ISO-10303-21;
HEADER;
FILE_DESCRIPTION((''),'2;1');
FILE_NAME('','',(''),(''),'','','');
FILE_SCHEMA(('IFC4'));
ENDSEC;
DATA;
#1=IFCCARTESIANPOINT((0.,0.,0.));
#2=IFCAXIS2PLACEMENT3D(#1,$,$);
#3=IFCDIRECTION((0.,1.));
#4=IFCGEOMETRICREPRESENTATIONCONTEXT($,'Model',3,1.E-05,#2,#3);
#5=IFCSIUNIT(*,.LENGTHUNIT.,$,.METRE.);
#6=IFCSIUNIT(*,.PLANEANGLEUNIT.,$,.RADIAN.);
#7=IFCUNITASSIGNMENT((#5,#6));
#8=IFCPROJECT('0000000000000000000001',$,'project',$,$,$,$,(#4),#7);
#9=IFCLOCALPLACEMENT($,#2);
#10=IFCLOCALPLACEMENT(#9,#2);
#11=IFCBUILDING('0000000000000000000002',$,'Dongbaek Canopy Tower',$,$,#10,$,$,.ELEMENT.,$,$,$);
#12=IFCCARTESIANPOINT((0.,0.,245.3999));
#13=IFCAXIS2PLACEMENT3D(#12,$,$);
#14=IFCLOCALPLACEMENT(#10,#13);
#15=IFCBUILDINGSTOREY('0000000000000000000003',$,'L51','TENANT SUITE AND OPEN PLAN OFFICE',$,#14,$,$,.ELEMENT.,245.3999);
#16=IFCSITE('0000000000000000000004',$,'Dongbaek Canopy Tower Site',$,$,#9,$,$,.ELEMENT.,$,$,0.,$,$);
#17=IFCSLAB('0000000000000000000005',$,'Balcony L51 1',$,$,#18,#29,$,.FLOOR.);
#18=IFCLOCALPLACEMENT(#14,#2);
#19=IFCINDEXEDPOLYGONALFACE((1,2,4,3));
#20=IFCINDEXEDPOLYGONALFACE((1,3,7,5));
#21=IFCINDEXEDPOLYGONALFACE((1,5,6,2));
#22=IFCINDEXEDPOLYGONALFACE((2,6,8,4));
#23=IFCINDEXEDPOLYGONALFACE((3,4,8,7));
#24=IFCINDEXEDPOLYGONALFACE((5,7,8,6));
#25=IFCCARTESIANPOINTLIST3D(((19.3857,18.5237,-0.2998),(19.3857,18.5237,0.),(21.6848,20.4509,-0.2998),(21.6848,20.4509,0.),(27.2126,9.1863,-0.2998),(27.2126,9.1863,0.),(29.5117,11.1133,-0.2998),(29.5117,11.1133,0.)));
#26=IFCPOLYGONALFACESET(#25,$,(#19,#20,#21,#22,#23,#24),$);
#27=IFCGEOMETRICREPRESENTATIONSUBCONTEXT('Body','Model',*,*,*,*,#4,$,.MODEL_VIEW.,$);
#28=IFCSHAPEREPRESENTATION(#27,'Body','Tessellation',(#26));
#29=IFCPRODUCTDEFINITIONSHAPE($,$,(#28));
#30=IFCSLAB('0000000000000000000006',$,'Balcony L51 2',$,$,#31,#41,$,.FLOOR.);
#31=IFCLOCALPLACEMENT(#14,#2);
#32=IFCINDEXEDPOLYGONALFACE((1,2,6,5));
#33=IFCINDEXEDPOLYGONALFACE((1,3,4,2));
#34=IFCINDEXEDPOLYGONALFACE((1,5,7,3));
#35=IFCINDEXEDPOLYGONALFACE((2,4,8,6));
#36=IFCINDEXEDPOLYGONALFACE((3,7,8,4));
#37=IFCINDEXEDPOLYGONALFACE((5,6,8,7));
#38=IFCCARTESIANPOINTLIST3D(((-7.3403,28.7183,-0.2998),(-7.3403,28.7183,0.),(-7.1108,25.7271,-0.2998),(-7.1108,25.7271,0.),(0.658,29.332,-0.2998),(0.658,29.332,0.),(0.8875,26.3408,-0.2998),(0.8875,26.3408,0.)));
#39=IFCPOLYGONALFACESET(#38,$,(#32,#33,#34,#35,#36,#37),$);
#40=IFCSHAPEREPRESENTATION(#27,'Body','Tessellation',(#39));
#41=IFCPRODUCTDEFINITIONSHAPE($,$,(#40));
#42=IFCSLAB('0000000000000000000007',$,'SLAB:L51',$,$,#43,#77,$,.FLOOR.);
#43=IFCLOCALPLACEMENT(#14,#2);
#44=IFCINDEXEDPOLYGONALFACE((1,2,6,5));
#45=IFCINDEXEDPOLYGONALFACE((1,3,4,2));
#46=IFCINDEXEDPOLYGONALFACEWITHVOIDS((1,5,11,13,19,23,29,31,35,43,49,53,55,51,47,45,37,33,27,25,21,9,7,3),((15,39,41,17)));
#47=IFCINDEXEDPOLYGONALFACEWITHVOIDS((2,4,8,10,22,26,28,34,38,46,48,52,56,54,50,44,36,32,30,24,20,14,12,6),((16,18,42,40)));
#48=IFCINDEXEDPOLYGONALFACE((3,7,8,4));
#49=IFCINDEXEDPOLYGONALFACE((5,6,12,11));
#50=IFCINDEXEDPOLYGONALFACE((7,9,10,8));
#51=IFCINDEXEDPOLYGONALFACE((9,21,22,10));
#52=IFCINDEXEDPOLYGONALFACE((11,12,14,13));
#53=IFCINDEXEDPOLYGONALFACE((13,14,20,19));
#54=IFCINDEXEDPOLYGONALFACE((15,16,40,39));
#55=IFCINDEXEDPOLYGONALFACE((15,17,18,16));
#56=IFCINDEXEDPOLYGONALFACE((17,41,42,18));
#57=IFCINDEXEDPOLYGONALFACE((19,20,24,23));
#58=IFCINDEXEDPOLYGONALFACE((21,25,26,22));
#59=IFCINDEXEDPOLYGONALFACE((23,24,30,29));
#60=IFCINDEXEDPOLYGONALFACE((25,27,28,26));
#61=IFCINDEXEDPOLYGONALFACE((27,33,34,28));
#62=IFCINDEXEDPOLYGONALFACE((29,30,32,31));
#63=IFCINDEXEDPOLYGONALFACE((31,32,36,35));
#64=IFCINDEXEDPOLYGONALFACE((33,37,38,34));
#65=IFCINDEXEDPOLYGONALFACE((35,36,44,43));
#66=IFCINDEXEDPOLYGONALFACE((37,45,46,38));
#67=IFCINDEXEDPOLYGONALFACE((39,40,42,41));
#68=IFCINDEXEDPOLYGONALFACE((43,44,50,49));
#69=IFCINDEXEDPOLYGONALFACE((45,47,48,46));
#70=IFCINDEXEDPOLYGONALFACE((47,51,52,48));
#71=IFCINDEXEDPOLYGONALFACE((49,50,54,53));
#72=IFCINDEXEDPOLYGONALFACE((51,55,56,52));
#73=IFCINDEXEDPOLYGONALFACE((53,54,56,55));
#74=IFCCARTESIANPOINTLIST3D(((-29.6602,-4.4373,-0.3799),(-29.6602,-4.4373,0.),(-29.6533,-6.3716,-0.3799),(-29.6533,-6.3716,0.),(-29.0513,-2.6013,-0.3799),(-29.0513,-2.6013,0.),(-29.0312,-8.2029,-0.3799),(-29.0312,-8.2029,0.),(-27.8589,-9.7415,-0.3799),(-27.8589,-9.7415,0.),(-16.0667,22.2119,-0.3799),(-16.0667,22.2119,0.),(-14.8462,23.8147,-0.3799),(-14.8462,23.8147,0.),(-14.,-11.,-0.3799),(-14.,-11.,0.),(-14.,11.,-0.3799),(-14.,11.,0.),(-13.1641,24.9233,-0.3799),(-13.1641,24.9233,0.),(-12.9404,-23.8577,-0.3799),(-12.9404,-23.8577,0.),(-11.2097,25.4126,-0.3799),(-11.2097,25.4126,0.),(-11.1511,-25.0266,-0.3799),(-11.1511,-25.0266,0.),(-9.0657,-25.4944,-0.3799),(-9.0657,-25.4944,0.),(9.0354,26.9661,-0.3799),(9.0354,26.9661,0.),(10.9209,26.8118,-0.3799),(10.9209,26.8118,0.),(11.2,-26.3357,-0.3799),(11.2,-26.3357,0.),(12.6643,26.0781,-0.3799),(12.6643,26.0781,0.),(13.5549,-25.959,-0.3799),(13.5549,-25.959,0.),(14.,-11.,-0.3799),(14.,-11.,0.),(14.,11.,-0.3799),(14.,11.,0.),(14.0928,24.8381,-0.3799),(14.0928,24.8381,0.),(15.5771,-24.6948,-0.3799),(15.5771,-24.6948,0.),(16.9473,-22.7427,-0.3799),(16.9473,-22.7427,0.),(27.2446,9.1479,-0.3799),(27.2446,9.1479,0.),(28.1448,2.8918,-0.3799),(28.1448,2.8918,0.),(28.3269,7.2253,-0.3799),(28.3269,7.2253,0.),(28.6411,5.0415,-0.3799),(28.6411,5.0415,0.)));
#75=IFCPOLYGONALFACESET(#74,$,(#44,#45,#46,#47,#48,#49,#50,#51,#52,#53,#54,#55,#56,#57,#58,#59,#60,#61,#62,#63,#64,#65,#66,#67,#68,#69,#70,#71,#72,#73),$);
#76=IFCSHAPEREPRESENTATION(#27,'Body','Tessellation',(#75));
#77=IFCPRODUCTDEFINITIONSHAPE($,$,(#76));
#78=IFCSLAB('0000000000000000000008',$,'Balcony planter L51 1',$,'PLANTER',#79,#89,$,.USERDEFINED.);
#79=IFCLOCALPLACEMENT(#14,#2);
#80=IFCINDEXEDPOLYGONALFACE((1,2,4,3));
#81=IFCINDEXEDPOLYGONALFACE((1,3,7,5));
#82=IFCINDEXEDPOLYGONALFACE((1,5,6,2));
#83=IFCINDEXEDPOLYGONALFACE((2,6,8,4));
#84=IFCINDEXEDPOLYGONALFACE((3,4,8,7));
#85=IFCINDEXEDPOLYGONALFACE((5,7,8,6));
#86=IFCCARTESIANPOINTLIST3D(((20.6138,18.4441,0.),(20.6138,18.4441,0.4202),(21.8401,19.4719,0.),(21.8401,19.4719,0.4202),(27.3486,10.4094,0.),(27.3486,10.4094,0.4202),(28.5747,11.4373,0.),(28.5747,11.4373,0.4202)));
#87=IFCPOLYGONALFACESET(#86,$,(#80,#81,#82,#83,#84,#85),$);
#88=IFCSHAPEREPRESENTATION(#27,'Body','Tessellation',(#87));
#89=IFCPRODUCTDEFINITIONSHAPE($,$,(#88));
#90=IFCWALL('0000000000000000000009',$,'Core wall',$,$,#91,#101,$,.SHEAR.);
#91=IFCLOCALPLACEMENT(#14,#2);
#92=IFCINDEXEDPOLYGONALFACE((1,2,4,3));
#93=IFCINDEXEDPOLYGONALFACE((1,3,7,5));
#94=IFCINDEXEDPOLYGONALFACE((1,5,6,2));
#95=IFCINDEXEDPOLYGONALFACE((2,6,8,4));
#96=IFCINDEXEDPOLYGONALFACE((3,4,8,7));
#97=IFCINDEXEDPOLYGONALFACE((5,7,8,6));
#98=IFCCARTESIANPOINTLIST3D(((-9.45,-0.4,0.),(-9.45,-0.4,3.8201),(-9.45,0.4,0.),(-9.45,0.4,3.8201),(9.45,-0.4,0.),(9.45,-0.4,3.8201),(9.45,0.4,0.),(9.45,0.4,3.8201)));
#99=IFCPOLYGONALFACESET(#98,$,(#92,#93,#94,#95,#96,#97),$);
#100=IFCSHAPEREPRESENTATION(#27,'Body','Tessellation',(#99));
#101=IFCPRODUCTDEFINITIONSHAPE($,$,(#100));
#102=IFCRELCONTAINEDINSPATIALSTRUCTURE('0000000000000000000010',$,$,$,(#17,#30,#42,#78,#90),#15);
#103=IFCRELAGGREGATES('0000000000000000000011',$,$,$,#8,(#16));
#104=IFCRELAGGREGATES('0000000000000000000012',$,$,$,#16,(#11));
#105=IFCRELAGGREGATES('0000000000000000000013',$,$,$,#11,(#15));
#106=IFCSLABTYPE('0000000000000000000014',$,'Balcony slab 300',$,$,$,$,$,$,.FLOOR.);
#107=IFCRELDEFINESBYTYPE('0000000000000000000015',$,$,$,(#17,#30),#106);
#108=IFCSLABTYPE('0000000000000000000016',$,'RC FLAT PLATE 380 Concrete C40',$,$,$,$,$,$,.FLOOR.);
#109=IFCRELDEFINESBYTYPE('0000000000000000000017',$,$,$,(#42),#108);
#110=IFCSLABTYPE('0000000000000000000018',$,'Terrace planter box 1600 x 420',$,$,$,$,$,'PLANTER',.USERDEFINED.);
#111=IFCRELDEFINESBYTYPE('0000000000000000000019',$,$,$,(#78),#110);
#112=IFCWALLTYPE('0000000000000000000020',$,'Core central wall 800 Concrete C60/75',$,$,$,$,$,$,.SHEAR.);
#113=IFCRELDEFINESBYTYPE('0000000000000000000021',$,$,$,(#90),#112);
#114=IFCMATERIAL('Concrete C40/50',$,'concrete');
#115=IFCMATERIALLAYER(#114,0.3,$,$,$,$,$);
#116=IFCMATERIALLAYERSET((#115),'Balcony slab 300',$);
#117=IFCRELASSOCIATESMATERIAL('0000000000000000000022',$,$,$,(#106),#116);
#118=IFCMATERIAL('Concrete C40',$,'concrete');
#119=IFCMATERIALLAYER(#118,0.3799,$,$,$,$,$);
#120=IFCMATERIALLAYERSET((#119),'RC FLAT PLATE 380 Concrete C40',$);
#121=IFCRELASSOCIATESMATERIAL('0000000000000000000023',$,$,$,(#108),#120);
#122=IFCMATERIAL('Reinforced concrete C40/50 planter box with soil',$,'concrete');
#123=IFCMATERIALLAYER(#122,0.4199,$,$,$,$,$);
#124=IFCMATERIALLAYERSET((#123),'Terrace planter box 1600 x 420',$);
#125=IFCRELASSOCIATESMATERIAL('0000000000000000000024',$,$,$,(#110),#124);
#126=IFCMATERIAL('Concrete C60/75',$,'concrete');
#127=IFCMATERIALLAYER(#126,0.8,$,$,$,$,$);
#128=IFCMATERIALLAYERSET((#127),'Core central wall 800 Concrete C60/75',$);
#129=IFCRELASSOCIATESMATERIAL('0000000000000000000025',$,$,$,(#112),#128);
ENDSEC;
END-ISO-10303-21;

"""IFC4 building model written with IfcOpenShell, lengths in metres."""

from ifc_helpers import new_model, si_unit, direction, frame, frame_2d, origin, place, context, subcontext, project, spatial, polyline, rectangle, outline, extrude, material, layer, layer_set, type_object, element, save


model = new_model("IFC4")

# Units and contexts
model_context = context("Model", 3, precision=1e-05, world=origin(), true_north=direction((0.0, 1.0)))
body_context = subcontext(model_context, "Body", "Model", "MODEL_VIEW")
ifc_project = project(units=[si_unit("LENGTHUNIT", "METRE"), si_unit("PLANEANGLEUNIT", "RADIAN")], contexts=[model_context])

# Site, building, storey
site_placement = place(None, origin())
site = spatial("IfcSite", under=ifc_project, at=site_placement, Name="Dongbaek Canopy Tower Site", CompositionType="ELEMENT", RefElevation=0.0)
building_placement = place(site_placement, origin())
building = spatial("IfcBuilding", under=site, at=building_placement, Name="Dongbaek Canopy Tower", CompositionType="ELEMENT")
storey_placement = place(building_placement, frame((0.0, 0.0, 245.3999)))
storey = spatial("IfcBuildingStorey", under=building, at=storey_placement, Name="L51", Description="TENANT SUITE AND OPEN PLAN OFFICE", CompositionType="ELEMENT", Elevation=245.3999)

# Slabs
ifc_material_1 = material(Name="Concrete C40/50", Category="concrete")
ifc_layer_1 = layer(ifc_material_1, 0.3)
ifc_layer_set_1 = layer_set([ifc_layer_1], Name="Balcony slab 300")
slab_type_1 = type_object("IfcSlabType", Name="Balcony slab 300", PredefinedType="FLOOR", material=ifc_layer_set_1)
slab_1_placement = place(storey_placement, frame((0.0, 0.0, -0.2998)))
element("IfcSlab", 1, at=slab_1_placement, inside=storey, type_object=slab_type_1, Name="Balcony L51 1", PredefinedType="FLOOR", context=body_context, shape_type="SweptSolid", body=[
    extrude(outline(polyline([(27.2126, 9.1863), (19.3857, 18.5237), (21.6848, 20.4509), (29.5117, 11.1133), (27.2126, 9.1863)])), origin(), (0.0, 0.0, 1.0), 0.2998),
])
slab_2_placement = place(storey_placement, frame((0.0, 0.0, -0.2998)))
element("IfcSlab", 2, at=slab_2_placement, inside=storey, type_object=slab_type_1, Name="Balcony L51 2", PredefinedType="FLOOR", context=body_context, shape_type="SweptSolid", body=[
    extrude(outline(polyline([(0.8875, 26.3408), (-7.1108, 25.7271), (-7.3403, 28.7183), (0.658, 29.332), (0.8875, 26.3408)])), origin(), (0.0, 0.0, 1.0), 0.2998),
])
ifc_material_2 = material(Name="Concrete C40", Category="concrete")
ifc_layer_2 = layer(ifc_material_2, 0.3799)
ifc_layer_set_2 = layer_set([ifc_layer_2], Name="RC FLAT PLATE 380 Concrete C40")
slab_type_2 = type_object("IfcSlabType", Name="RC FLAT PLATE 380 Concrete C40", PredefinedType="FLOOR", material=ifc_layer_set_2)
slab_3_placement = place(storey_placement, frame((0.0, 0.0, -0.3799)))
element("IfcSlab", 3, at=slab_3_placement, inside=storey, type_object=slab_type_2, Name="SLAB:L51", PredefinedType="FLOOR", context=body_context, shape_type="SweptSolid", body=[
    extrude(outline(polyline([(16.9473, -22.7427), (15.5771, -24.6948), (13.5549, -25.959), (11.2, -26.3357), (-9.0657, -25.4944), (-11.1511, -25.0266), (-12.9404, -23.8577), (-27.8589, -9.7415), (-29.0312, -8.2029), (-29.6533, -6.3716), (-29.6602, -4.4373), (-29.0513, -2.6013), (-16.0667, 22.2119), (-14.8462, 23.8147), (-13.1641, 24.9233), (-11.2097, 25.4126), (9.0354, 26.9661), (10.9209, 26.8118), (12.6643, 26.0781), (14.0928, 24.8381), (27.2446, 9.1479), (28.3269, 7.2253), (28.6411, 5.0415), (28.1448, 2.8918), (16.9473, -22.7427)]), holes=[polyline([(14.0, 11.0), (-14.0, 11.0), (-14.0, -11.0), (14.0, -11.0), (14.0, 11.0)])]), origin(), (0.0, 0.0, 1.0), 0.3799),
])
ifc_material_3 = material(Name="Reinforced concrete C40/50 planter box with soil", Category="concrete")
ifc_layer_3 = layer(ifc_material_3, 0.4199)
ifc_layer_set_3 = layer_set([ifc_layer_3], Name="Terrace planter box 1600 x 420")
slab_type_3 = type_object("IfcSlabType", Name="Terrace planter box 1600 x 420", ElementType="PLANTER", PredefinedType="USERDEFINED", material=ifc_layer_set_3)
slab_4_placement = place(storey_placement, origin())
element("IfcSlab", 4, at=slab_4_placement, inside=storey, type_object=slab_type_3, Name="Balcony planter L51 1", ObjectType="PLANTER", PredefinedType="USERDEFINED", context=body_context, shape_type="SweptSolid", body=[
    extrude(outline(polyline([(27.3486, 10.4094), (20.6138, 18.4441), (21.8401, 19.4719), (28.5747, 11.4373), (27.3486, 10.4094)])), origin(), (0.0, 0.0, 1.0), 0.4202),
])

# Wall
ifc_material_4 = material(Name="Concrete C60/75", Category="concrete")
ifc_layer_4 = layer(ifc_material_4, 0.8)
ifc_layer_set_4 = layer_set([ifc_layer_4], Name="Core central wall 800 Concrete C60/75")
wall_type_1 = type_object("IfcWallType", Name="Core central wall 800 Concrete C60/75", PredefinedType="SHEAR", material=ifc_layer_set_4)
wall_1_placement = place(storey_placement, frame((-9.45, 0.0, 0.0), z_axis=(0.0, 0.0, 1.0), x_axis=(1.0, 0.0, 0.0)))
element("IfcWall", 5, at=wall_1_placement, inside=storey, type_object=wall_type_1, Name="Core wall", PredefinedType="SHEAR", context=body_context, shape_type="SweptSolid", body=[
    extrude(rectangle(XDim=18.8999, YDim=0.8, at=frame_2d((9.45, 0.0))), origin(), (0.0, 0.0, 1.0), 3.8201),
])

save(model, "model.ifc")
